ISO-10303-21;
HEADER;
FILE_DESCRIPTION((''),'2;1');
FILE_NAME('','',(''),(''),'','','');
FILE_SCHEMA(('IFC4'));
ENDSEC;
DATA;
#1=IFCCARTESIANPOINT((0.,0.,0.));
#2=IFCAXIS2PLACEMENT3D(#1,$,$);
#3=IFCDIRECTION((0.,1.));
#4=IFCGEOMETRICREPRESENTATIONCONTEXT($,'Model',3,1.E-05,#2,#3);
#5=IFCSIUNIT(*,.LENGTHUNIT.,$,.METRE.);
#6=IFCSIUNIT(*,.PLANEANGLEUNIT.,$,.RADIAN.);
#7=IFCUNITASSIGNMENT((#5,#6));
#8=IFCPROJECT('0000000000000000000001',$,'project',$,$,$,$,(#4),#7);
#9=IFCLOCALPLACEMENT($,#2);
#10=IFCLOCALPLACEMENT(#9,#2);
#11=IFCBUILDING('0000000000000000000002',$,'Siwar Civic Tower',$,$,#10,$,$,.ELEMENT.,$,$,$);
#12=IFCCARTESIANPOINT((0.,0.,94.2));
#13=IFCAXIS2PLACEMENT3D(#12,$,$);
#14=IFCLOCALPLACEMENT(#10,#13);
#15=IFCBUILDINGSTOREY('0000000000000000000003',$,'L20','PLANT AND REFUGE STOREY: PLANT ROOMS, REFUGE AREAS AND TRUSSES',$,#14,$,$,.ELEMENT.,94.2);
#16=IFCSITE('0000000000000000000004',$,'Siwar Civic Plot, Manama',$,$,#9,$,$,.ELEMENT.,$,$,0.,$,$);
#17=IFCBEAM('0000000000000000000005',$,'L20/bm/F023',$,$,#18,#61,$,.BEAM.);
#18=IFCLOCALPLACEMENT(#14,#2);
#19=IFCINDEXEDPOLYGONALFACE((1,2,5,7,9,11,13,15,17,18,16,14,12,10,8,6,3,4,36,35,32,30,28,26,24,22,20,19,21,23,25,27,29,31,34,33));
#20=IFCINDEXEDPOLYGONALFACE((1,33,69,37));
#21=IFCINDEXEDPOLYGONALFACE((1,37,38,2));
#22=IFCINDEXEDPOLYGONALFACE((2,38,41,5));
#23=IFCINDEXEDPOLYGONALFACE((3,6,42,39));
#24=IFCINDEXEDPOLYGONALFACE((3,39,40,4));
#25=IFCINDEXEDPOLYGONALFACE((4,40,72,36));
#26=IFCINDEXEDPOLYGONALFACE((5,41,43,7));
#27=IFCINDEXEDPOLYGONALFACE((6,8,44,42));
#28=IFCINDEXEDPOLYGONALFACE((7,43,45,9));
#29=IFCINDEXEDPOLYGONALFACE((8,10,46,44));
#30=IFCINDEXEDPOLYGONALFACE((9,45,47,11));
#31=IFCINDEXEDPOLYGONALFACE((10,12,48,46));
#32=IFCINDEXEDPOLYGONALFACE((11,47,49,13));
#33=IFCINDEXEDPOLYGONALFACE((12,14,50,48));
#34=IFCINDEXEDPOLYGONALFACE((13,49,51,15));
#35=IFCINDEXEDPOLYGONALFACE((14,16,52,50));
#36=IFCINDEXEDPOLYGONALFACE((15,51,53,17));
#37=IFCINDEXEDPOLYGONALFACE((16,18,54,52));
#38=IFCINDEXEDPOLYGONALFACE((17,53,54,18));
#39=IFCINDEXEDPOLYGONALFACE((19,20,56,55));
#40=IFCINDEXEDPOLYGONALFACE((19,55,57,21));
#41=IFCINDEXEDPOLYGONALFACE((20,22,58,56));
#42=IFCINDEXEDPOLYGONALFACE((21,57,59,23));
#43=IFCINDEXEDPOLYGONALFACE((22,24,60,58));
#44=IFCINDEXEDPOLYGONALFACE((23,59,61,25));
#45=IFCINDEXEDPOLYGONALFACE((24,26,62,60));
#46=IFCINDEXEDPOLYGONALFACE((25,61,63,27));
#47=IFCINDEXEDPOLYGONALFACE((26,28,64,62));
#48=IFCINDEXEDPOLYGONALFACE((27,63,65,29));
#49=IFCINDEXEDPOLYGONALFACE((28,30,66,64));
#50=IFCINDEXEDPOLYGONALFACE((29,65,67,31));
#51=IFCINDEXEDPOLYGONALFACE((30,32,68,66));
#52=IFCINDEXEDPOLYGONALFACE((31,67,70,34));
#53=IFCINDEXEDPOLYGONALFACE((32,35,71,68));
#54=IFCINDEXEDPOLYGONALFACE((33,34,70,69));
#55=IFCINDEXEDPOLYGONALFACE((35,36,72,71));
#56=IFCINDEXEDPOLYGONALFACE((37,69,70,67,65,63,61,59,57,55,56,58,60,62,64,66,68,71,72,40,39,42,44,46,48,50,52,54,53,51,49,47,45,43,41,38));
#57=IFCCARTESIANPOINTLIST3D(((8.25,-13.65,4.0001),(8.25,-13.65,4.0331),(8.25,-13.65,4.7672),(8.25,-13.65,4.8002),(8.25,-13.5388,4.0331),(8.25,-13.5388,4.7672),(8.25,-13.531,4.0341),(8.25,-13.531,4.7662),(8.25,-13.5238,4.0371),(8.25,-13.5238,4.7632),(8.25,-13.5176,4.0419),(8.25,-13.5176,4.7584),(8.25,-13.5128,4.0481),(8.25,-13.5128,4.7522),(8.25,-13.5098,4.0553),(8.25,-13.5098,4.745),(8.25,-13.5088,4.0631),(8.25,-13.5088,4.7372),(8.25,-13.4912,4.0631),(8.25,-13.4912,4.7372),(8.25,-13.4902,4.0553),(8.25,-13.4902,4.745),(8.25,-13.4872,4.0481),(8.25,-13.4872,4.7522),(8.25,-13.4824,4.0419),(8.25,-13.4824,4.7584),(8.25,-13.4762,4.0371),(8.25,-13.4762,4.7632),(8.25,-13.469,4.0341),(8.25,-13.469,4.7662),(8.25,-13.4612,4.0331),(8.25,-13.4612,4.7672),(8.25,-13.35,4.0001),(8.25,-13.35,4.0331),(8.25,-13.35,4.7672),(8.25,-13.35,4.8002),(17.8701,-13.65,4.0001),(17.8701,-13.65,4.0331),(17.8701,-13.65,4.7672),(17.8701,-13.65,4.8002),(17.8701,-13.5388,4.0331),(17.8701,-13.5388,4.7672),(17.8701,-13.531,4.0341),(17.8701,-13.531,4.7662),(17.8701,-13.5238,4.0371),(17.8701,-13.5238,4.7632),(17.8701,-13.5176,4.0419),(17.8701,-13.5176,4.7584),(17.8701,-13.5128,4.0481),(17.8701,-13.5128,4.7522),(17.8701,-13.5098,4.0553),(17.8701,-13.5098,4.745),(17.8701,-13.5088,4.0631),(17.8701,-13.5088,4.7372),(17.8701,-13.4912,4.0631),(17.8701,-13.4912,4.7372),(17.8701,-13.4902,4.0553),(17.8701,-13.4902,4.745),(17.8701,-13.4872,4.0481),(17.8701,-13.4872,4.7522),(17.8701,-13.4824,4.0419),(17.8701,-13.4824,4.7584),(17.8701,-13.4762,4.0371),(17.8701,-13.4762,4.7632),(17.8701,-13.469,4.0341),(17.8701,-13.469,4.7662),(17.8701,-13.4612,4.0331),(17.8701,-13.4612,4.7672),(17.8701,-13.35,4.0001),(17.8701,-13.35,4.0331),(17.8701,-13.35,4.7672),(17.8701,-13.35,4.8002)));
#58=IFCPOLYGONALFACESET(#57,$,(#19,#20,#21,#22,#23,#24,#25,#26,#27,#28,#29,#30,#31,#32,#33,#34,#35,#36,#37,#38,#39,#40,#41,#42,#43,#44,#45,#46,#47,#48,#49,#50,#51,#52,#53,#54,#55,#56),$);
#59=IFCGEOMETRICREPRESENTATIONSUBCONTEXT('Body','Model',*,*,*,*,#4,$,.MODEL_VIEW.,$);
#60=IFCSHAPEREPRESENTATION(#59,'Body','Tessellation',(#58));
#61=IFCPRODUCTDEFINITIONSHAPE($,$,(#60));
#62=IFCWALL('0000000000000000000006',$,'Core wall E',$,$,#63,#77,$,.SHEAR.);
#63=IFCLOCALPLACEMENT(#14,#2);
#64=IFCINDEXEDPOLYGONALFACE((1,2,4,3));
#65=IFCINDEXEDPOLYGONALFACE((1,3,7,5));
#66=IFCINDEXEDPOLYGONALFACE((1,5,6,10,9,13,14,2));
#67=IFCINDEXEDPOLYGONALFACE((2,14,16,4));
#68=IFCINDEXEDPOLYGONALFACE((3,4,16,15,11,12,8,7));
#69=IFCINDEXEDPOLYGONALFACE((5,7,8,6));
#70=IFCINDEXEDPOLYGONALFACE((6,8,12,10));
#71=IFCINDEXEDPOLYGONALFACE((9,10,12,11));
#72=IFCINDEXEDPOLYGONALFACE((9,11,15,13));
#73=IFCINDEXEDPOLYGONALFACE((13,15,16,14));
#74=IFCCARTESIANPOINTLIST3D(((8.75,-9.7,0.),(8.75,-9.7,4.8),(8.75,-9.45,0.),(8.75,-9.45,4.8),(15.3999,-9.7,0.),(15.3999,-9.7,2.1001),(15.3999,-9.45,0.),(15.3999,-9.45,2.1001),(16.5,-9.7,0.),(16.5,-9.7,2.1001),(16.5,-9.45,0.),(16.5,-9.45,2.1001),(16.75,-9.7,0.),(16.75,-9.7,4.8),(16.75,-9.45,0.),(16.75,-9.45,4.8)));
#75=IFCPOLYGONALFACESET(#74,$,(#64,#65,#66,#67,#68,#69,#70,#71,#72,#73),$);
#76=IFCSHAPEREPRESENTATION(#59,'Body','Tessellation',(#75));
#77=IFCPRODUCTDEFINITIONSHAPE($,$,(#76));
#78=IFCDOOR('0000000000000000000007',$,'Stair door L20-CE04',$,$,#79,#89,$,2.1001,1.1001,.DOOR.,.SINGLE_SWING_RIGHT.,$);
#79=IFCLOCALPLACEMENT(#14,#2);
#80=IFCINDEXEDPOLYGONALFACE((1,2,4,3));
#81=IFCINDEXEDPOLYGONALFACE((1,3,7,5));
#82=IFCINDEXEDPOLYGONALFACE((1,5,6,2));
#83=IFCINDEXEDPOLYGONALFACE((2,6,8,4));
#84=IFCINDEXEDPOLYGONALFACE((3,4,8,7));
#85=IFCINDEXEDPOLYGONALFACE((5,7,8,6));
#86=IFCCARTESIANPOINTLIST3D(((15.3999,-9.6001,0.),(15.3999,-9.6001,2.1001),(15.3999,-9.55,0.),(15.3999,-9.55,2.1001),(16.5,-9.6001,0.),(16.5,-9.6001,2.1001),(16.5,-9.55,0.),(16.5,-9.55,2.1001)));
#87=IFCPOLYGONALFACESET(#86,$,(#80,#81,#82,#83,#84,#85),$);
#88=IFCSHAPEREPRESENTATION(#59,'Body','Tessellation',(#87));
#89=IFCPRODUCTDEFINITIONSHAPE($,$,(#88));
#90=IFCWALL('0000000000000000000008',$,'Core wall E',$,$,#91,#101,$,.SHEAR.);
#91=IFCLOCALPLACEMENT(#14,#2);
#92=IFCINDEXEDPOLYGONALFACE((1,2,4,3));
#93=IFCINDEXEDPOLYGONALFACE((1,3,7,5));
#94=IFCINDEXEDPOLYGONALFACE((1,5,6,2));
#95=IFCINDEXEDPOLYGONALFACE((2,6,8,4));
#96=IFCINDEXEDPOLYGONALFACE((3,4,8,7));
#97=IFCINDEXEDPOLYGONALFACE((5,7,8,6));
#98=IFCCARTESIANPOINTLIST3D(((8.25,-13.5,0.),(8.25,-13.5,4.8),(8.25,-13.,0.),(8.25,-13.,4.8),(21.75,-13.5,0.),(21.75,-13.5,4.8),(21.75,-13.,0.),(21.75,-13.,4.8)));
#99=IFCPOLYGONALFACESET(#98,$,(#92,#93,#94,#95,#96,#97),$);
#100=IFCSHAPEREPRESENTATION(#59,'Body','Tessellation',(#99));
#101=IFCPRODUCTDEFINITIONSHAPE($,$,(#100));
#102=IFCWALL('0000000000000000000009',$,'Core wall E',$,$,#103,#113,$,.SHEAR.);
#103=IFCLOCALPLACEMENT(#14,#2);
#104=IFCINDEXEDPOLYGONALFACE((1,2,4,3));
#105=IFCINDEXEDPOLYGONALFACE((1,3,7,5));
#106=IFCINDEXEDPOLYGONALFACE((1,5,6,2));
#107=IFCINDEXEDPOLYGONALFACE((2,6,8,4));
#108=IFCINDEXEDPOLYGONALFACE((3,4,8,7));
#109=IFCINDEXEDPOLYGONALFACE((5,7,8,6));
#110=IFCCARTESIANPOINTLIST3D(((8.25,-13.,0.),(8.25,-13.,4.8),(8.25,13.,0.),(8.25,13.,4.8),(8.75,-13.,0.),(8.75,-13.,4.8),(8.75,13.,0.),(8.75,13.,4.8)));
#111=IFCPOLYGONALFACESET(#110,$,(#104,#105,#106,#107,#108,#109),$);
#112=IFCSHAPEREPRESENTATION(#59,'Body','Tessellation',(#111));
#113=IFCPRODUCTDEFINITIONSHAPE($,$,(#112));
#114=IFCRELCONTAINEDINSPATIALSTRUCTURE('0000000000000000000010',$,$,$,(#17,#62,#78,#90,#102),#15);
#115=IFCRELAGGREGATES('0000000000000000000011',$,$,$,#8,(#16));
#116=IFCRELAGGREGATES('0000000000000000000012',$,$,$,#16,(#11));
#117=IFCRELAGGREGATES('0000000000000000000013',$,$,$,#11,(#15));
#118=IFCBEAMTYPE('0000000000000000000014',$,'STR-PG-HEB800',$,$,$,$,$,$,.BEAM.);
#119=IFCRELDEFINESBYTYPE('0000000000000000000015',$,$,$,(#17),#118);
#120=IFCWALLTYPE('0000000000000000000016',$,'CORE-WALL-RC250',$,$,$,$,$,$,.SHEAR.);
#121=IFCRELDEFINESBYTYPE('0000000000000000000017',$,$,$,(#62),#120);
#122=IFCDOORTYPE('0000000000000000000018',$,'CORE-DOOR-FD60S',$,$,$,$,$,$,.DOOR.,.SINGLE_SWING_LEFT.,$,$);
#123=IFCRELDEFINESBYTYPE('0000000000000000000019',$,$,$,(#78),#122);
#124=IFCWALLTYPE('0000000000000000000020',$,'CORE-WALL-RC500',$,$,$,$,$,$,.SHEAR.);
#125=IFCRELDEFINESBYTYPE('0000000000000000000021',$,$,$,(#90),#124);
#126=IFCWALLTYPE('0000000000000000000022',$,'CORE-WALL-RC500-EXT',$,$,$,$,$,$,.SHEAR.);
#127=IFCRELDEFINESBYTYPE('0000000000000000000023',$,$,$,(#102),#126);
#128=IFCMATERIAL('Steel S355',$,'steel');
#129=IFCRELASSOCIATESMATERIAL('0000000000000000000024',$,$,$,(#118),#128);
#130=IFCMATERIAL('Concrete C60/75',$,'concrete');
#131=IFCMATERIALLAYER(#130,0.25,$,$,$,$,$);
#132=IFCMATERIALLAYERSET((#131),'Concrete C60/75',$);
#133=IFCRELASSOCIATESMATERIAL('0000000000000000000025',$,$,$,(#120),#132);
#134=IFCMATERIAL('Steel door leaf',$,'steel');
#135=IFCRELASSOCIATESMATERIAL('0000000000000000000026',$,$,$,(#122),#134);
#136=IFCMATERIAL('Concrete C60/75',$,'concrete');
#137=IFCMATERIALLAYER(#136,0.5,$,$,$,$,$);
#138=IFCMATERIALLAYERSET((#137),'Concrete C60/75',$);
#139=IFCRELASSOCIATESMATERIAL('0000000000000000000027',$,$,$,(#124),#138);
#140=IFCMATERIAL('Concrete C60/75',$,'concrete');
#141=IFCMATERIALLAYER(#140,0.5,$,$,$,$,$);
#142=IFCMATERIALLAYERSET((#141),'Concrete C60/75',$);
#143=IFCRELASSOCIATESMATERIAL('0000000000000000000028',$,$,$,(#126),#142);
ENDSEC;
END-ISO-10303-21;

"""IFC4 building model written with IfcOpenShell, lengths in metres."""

from ifc_helpers import new_model, si_unit, direction, frame, frame_2d, origin, origin_2d, place, context, subcontext, project, spatial, rectangle, i_section, extrude, material, layer, layer_set, material_profile, profile_set, type_object, element, fill, save


model = new_model("IFC4")

# Units and contexts
model_context = context("Model", 3, precision=1e-05, world=origin(), true_north=direction((0.0, 1.0)))
body_context = subcontext(model_context, "Body", "Model", "MODEL_VIEW")
ifc_project = project(units=[si_unit("LENGTHUNIT", "METRE"), si_unit("PLANEANGLEUNIT", "RADIAN")], contexts=[model_context])

# Site, building, storey
site_placement = place(None, origin())
site = spatial("IfcSite", under=ifc_project, at=site_placement, Name="Siwar Civic Plot, Manama", CompositionType="ELEMENT", RefElevation=0.0)
building_placement = place(site_placement, origin())
building = spatial("IfcBuilding", under=site, at=building_placement, Name="Siwar Civic Tower", CompositionType="ELEMENT")
storey_placement = place(building_placement, frame((0.0, 0.0, 94.2)))
storey = spatial("IfcBuildingStorey", under=building, at=storey_placement, Name="L20", Description="PLANT AND REFUGE STOREY: PLANT ROOMS, REFUGE AREAS AND TRUSSES", CompositionType="ELEMENT", Elevation=94.2)

# Beam
ifc_material_1 = material(Name="Steel S355", Category="steel")
ifc_material_profile_1 = material_profile(ifc_material_1, i_section(OverallWidth=0.3, OverallDepth=0.8, WebThickness=0.0176, FlangeThickness=0.033, FilletRadius=0.03, at=origin_2d()), Name="HEB800")
ifc_profile_set_1 = profile_set([ifc_material_profile_1], Name="Steel S355")
beam_type_1 = type_object("IfcBeamType", Name="STR-PG-HEB800", PredefinedType="BEAM", material=ifc_profile_set_1)
beam_1_placement = place(storey_placement, frame((8.25, -13.5, 4.4001), z_axis=(1.0, 0.0, 0.0), x_axis=(0.0, 1.0, 0.0)))
element("IfcBeam", 1, at=beam_1_placement, inside=storey, type_object=beam_type_1, Name="L20/bm/F023", PredefinedType="BEAM", context=body_context, shape_type="SweptSolid", body=[
    extrude(i_section(OverallWidth=0.3, OverallDepth=0.8, WebThickness=0.0176, FlangeThickness=0.033, FilletRadius=0.03, at=origin_2d()), origin(), (0.0, 0.0, 1.0), 9.6201),
])

# Wall, opening, door
ifc_material_2 = material(Name="Concrete C60/75", Category="concrete")
ifc_layer_1 = layer(ifc_material_2, 0.25)
ifc_layer_set_1 = layer_set([ifc_layer_1], Name="Concrete C60/75")
wall_type_1 = type_object("IfcWallType", Name="CORE-WALL-RC250", PredefinedType="SHEAR", material=ifc_layer_set_1)
wall_1_placement = place(storey_placement, frame((8.75, -9.575, 0.0), z_axis=(0.0, 0.0, 1.0), x_axis=(1.0, 0.0, 0.0)))
wall_1 = element("IfcWall", 2, at=wall_1_placement, inside=storey, type_object=wall_type_1, Name="Core wall E", PredefinedType="SHEAR", context=body_context, shape_type="SweptSolid", body=[
    extrude(rectangle(XDim=8.0, YDim=0.25, at=frame_2d((4.0, 0.0))), origin(), (0.0, 0.0, 1.0), 4.8),
])
opening_placement = place(wall_1_placement, frame((6.6499, 0.0, 0.0)))
opening = element("IfcOpeningElement", 3, at=opening_placement, cuts=wall_1, PredefinedType="OPENING", context=body_context, shape_type="SweptSolid", body=[
    extrude(rectangle(XDim=1.1001, YDim=2.1001, at=frame_2d((0.55, 1.05))), frame((0.0, 0.135, 0.0), z_axis=(0.0, -1.0, 0.0), x_axis=(1.0, 0.0, 0.0)), (0.0, 0.0, 1.0), 0.27),
])
ifc_material_3 = material(Name="Steel door leaf", Category="steel")
door_type = type_object("IfcDoorType", Name="CORE-DOOR-FD60S", OperationType="SINGLE_SWING_LEFT", PredefinedType="DOOR", material=ifc_material_3)
door_placement = place(opening_placement, origin())
door = element("IfcDoor", 4, at=door_placement, inside=storey, type_object=door_type, Name="Stair door L20-CE04", OperationType="SINGLE_SWING_RIGHT", OverallHeight=2.1001, OverallWidth=1.1001, PredefinedType="DOOR", context=body_context, shape_type="SweptSolid", body=[
    extrude(rectangle(XDim=1.1001, YDim=2.1001, at=frame_2d((0.55, 1.05))), frame((0.0, 0.0249, 0.0), z_axis=(0.0, -1.0, 0.0), x_axis=(1.0, 0.0, 0.0)), (0.0, 0.0, 1.0), 0.05),
])
fill(opening, door)

# Walls
ifc_material_4 = material(Name="Concrete C60/75", Category="concrete")
ifc_layer_2 = layer(ifc_material_4, 0.5)
ifc_layer_set_2 = layer_set([ifc_layer_2], Name="Concrete C60/75")
wall_type_2 = type_object("IfcWallType", Name="CORE-WALL-RC500", PredefinedType="SHEAR", material=ifc_layer_set_2)
wall_2_placement = place(storey_placement, frame((8.25, -13.25, 0.0), z_axis=(0.0, 0.0, 1.0), x_axis=(1.0, 0.0, 0.0)))
element("IfcWall", 5, at=wall_2_placement, inside=storey, type_object=wall_type_2, Name="Core wall E", PredefinedType="SHEAR", context=body_context, shape_type="SweptSolid", body=[
    extrude(rectangle(XDim=13.5, YDim=0.5, at=frame_2d((6.75, 0.0))), origin(), (0.0, 0.0, 1.0), 4.8),
])
ifc_material_5 = material(Name="Concrete C60/75", Category="concrete")
ifc_layer_3 = layer(ifc_material_5, 0.5)
ifc_layer_set_3 = layer_set([ifc_layer_3], Name="Concrete C60/75")
wall_type_3 = type_object("IfcWallType", Name="CORE-WALL-RC500-EXT", PredefinedType="SHEAR", material=ifc_layer_set_3)
wall_3_placement = place(storey_placement, frame((8.5, -13.0, 0.0), z_axis=(0.0, 0.0, 1.0), x_axis=(0.0, 1.0, 0.0)))
element("IfcWall", 6, at=wall_3_placement, inside=storey, type_object=wall_type_3, Name="Core wall E", PredefinedType="SHEAR", context=body_context, shape_type="SweptSolid", body=[
    extrude(rectangle(XDim=26.0, YDim=0.5, at=frame_2d((13.0, 0.0))), origin(), (0.0, 0.0, 1.0), 4.8),
])

save(model, "model.ifc")
